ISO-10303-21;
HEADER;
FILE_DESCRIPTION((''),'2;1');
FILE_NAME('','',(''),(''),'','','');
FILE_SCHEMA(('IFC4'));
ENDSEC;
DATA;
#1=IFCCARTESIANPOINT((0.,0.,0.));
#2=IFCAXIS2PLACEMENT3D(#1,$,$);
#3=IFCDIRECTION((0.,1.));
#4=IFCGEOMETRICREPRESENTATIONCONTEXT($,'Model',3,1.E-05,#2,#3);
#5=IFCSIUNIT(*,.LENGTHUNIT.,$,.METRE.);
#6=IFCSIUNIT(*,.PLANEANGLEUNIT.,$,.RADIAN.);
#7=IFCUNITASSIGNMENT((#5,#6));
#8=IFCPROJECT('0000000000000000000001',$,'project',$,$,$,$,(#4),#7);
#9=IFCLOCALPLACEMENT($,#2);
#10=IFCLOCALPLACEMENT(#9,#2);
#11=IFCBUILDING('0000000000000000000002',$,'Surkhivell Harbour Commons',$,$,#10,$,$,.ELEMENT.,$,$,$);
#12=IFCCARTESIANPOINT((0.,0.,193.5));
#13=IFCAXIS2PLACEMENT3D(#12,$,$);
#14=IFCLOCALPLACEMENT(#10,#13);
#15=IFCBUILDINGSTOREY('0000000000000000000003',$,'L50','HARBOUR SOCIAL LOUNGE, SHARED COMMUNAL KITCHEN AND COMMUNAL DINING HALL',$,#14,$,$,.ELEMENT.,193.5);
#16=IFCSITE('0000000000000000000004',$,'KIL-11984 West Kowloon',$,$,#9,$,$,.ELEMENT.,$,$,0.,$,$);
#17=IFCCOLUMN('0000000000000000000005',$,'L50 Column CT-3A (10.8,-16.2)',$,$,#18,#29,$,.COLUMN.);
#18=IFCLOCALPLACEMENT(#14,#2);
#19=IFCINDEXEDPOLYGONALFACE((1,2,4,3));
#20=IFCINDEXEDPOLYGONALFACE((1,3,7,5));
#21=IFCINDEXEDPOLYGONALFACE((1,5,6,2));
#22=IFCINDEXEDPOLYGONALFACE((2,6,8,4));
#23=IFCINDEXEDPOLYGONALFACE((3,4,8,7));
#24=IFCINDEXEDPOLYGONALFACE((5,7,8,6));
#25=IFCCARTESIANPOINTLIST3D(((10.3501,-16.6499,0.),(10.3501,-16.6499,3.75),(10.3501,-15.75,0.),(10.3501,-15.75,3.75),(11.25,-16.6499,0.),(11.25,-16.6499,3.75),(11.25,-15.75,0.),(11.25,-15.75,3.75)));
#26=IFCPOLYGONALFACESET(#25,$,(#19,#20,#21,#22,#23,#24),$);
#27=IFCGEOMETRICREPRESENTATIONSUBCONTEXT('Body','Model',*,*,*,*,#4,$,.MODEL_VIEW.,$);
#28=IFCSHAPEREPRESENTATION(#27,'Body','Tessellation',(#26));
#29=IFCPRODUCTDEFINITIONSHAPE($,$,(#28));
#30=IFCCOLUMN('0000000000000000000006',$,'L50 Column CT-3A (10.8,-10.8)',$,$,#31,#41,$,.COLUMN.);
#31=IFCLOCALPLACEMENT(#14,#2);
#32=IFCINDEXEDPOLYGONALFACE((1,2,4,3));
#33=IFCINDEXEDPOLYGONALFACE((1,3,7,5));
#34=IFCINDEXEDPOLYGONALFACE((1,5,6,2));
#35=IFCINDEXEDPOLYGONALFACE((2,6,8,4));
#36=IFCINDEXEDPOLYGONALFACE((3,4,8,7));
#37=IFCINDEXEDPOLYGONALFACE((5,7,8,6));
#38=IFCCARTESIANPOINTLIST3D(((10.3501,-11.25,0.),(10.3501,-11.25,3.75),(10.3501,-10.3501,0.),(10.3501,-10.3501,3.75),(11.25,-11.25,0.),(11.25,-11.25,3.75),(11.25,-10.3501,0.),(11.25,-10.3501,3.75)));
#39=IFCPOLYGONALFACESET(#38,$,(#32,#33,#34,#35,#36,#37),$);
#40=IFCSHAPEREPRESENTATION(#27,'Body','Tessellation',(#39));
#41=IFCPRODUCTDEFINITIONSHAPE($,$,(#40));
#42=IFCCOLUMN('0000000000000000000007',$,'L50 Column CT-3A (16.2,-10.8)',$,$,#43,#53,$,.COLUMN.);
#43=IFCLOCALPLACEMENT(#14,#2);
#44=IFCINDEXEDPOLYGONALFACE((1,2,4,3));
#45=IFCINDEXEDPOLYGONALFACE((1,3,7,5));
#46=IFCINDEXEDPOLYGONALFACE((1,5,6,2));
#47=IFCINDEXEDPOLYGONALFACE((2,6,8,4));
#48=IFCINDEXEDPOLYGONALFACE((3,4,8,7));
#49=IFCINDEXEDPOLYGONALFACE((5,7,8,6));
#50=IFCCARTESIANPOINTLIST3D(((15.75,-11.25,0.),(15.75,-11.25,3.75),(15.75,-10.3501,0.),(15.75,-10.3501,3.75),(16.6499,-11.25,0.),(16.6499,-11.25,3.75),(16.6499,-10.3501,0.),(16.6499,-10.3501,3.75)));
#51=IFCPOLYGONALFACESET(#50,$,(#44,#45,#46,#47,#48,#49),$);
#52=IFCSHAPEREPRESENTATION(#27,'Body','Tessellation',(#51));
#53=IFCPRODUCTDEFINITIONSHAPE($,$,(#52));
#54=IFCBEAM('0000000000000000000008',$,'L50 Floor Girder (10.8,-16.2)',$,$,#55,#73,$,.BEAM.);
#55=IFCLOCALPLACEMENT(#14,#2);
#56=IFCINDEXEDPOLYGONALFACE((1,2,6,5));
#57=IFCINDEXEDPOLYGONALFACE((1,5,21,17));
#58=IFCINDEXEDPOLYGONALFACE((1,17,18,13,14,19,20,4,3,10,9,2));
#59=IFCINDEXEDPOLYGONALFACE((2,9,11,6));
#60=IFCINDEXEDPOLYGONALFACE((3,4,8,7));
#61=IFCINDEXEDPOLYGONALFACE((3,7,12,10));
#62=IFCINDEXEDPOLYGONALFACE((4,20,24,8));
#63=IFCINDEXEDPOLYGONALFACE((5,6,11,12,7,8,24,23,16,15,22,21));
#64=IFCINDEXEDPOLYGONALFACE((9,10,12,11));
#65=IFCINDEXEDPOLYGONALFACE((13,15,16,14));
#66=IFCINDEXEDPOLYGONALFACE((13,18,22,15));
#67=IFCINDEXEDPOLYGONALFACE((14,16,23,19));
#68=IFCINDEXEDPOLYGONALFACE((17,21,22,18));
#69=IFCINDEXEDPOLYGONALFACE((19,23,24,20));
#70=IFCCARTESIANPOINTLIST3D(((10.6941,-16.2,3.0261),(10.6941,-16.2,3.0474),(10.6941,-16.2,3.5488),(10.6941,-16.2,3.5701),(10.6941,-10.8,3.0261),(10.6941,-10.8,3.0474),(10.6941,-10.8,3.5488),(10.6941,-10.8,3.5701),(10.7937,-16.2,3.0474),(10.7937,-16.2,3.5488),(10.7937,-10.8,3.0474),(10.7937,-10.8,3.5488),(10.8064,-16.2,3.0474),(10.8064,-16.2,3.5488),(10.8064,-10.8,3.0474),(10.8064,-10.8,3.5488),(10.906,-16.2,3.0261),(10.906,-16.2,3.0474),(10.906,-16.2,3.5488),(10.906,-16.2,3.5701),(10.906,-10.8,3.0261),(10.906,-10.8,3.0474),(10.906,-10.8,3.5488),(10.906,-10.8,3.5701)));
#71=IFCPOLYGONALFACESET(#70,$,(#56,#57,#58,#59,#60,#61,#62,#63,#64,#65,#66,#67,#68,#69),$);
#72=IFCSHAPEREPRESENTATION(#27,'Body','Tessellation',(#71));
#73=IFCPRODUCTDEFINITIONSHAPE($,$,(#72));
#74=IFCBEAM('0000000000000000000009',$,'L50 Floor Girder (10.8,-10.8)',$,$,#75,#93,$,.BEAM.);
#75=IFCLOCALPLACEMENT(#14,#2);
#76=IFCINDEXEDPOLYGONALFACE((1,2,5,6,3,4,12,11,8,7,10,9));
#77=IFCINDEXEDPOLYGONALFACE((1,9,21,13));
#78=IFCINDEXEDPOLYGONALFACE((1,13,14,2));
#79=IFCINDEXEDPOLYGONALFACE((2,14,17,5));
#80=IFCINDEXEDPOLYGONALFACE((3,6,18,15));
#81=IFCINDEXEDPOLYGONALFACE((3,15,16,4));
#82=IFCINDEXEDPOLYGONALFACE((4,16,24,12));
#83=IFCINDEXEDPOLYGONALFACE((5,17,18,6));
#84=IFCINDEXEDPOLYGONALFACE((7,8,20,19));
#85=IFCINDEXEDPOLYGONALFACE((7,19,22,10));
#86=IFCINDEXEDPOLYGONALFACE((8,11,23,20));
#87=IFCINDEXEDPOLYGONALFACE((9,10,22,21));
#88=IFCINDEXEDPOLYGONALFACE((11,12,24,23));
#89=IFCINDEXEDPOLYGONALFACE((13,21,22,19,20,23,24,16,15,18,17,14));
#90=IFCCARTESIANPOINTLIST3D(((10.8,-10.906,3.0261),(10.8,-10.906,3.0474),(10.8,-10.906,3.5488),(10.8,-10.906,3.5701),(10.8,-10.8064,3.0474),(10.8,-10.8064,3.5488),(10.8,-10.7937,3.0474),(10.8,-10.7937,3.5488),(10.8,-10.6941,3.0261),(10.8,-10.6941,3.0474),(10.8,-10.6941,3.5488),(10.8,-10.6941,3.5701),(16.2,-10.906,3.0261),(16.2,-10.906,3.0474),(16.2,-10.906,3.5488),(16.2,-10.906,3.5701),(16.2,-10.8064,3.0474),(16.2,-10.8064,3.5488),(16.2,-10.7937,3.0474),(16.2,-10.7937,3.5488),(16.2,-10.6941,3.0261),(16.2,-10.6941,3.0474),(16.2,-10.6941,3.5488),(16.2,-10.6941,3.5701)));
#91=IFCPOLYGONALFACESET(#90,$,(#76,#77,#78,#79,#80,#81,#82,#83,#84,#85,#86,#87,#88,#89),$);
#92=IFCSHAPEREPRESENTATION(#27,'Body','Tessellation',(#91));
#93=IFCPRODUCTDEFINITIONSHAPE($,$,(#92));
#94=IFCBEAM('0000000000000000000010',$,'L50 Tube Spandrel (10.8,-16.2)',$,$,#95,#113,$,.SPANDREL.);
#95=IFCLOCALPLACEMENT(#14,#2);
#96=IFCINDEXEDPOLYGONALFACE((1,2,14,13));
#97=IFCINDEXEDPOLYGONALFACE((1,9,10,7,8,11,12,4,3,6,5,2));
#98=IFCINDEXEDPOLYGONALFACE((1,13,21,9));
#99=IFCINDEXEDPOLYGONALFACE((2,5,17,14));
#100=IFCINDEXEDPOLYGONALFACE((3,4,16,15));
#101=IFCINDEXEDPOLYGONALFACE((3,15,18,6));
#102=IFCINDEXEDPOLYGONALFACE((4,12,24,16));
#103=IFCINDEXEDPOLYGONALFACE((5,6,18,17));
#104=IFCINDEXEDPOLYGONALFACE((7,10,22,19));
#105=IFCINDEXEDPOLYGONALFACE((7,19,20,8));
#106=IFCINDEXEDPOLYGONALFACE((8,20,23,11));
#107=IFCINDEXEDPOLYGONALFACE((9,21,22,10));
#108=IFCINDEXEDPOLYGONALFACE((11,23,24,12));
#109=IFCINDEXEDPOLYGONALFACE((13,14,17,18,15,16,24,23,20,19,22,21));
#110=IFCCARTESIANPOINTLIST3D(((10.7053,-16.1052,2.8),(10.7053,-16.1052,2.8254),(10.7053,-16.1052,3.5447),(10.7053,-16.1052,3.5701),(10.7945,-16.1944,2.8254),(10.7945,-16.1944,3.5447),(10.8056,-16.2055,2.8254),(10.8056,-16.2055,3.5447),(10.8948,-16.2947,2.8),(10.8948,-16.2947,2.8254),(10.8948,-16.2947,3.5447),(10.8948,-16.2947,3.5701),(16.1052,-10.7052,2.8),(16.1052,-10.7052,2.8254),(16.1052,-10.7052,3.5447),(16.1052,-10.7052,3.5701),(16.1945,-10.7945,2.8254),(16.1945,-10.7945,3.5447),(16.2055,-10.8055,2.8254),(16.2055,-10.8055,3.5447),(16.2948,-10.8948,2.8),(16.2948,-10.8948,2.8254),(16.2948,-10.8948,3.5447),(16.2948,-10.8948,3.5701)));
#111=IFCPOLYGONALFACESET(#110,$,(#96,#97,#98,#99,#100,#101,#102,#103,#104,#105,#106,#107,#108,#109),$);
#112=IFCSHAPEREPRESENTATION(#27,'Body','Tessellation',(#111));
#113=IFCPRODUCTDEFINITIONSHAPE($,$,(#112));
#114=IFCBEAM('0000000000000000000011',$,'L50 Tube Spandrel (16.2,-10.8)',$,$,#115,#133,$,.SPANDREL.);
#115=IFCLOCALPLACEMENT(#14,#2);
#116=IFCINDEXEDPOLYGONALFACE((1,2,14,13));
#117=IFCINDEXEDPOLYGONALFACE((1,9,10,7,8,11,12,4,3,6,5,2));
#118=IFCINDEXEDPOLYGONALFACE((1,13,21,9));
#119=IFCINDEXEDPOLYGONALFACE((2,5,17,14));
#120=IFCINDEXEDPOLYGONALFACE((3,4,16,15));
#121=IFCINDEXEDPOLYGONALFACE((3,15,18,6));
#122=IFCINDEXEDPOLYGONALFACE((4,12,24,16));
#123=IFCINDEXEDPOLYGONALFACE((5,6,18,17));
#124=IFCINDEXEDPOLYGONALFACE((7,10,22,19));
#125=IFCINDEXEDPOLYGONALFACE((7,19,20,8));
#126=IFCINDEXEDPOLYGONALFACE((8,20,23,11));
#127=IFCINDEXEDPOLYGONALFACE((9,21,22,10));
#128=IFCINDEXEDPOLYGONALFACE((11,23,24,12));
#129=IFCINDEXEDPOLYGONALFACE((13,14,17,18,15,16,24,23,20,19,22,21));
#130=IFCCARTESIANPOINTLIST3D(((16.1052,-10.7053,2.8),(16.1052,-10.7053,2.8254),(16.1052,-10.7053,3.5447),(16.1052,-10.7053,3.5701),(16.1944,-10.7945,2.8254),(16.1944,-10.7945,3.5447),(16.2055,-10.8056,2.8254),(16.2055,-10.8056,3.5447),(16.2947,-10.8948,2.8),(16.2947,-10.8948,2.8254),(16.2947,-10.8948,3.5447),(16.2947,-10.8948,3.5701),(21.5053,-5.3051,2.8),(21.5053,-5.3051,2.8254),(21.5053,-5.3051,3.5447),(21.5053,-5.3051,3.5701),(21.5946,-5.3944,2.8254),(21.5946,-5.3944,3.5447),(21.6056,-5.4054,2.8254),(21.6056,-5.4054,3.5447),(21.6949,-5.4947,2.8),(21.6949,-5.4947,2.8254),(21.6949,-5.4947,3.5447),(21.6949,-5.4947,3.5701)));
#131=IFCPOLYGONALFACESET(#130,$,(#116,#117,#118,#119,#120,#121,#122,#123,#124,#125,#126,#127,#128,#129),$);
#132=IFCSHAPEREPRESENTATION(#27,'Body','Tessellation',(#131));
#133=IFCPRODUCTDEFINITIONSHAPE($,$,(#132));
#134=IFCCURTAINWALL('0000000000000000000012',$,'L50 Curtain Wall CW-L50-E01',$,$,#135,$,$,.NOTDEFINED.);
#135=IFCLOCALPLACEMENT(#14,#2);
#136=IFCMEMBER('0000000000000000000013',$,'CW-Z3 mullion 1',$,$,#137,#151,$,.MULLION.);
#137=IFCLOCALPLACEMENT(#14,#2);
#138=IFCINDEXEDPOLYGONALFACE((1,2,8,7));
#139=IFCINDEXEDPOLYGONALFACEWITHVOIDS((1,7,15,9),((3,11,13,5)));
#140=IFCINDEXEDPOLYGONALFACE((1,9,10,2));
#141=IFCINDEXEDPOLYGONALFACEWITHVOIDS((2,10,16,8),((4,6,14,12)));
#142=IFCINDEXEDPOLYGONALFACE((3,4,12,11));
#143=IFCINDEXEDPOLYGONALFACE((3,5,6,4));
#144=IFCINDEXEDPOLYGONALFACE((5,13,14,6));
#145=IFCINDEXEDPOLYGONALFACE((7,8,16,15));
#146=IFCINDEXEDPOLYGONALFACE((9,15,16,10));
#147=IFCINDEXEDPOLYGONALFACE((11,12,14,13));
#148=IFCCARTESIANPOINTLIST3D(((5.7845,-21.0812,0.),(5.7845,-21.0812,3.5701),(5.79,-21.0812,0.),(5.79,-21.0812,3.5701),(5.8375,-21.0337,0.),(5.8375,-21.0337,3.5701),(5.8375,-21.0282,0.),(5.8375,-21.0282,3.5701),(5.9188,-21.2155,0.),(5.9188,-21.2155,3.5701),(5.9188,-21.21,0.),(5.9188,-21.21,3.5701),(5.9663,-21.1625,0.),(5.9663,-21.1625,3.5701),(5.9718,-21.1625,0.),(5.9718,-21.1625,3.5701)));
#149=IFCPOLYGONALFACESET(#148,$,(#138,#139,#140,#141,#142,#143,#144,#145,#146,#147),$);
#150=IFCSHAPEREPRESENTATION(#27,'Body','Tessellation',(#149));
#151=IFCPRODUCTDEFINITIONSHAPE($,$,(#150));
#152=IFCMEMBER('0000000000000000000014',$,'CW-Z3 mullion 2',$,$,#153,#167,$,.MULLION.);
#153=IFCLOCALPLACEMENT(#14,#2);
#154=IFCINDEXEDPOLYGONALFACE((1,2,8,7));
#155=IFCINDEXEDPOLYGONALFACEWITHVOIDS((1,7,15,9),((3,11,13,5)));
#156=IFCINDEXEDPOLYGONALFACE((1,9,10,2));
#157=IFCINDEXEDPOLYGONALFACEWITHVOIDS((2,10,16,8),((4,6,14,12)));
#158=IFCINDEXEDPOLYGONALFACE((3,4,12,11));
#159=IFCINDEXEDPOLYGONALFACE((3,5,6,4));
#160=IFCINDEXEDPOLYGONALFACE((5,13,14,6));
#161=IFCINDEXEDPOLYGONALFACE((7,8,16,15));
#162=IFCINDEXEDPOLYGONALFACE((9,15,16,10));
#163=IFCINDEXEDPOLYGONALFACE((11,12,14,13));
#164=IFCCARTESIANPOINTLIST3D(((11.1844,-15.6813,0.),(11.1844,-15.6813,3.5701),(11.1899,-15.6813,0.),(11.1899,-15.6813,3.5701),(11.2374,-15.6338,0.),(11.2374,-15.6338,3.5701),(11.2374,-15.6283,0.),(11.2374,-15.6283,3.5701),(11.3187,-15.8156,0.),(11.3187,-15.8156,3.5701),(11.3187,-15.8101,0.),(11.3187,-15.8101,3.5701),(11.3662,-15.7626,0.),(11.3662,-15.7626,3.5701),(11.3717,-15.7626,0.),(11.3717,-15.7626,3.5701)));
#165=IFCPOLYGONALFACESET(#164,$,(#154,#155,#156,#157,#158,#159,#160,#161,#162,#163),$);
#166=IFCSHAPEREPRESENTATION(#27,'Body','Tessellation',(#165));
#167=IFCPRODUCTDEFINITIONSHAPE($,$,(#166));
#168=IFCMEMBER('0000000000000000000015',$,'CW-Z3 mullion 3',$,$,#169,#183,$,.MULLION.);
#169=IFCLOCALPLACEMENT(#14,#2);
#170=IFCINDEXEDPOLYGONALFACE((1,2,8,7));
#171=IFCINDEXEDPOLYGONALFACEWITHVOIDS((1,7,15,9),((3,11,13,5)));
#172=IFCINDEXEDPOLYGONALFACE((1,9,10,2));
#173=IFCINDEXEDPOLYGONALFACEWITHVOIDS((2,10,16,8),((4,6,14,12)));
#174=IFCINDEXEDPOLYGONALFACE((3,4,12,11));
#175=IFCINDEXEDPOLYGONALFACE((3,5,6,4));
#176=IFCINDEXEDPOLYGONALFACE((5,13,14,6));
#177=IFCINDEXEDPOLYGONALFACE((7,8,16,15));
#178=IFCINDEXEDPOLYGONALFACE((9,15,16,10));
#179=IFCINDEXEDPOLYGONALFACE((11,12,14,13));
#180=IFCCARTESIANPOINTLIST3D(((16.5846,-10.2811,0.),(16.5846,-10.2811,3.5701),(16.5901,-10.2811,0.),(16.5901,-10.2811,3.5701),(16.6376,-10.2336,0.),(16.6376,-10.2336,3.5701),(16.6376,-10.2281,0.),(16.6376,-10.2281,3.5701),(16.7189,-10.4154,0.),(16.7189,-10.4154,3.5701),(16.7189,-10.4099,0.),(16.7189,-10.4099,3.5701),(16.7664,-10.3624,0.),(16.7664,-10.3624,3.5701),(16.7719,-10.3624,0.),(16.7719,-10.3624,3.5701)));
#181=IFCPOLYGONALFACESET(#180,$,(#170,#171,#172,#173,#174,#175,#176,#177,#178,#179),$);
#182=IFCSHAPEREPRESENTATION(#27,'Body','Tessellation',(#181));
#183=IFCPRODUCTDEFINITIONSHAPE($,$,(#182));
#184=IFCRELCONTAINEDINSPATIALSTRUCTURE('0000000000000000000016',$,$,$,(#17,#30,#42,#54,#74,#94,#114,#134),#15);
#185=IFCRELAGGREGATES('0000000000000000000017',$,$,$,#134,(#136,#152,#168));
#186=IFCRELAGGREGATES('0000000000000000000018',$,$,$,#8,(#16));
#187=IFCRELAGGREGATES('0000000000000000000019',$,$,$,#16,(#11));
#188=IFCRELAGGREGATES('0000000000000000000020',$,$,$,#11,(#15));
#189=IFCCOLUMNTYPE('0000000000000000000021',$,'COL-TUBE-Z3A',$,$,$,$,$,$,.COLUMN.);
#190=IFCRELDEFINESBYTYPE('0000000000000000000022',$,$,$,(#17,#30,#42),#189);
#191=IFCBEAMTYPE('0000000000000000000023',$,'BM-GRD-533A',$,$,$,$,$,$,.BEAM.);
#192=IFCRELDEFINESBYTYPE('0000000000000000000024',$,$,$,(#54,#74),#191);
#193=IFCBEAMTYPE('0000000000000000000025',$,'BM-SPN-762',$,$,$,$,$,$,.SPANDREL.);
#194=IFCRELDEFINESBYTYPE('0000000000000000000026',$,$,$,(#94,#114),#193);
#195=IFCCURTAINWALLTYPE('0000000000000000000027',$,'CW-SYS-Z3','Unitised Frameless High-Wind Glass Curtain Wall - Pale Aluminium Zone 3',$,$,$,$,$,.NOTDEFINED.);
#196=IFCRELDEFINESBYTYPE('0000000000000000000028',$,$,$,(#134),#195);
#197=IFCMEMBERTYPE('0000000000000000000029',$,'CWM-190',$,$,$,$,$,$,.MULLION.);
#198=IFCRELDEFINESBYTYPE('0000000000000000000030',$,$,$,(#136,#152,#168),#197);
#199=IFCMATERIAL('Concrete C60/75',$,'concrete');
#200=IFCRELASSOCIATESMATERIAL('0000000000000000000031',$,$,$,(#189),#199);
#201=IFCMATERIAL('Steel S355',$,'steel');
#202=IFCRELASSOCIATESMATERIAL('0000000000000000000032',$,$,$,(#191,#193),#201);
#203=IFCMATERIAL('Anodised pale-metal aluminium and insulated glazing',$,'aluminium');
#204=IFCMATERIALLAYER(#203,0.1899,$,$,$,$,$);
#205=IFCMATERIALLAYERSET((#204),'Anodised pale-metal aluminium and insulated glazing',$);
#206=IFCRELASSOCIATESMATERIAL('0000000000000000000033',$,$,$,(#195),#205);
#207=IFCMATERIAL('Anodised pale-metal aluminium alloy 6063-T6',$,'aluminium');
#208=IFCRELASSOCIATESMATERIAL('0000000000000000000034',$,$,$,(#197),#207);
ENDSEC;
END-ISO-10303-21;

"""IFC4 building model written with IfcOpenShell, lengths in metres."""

from ifc_helpers import new_model, si_unit, direction, frame, origin, origin_2d, place, context, subcontext, project, spatial, rectangle, hollow_rectangle, i_section, extrude, material, layer, layer_set, material_profile, profile_set, type_object, element, aggregate, save


model = new_model("IFC4")

# Units and contexts
model_context = context("Model", 3, precision=1e-05, world=origin(), true_north=direction((0.0, 1.0)))
body_context = subcontext(model_context, "Body", "Model", "MODEL_VIEW")
ifc_project = project(units=[si_unit("LENGTHUNIT", "METRE"), si_unit("PLANEANGLEUNIT", "RADIAN")], contexts=[model_context])

# Site, building, storey
site_placement = place(None, origin())
site = spatial("IfcSite", under=ifc_project, at=site_placement, Name="KIL-11984 West Kowloon", CompositionType="ELEMENT", RefElevation=0.0)
building_placement = place(site_placement, origin())
building = spatial("IfcBuilding", under=site, at=building_placement, Name="Surkhivell Harbour Commons", CompositionType="ELEMENT")
storey_placement = place(building_placement, frame((0.0, 0.0, 193.5)))
storey = spatial("IfcBuildingStorey", under=building, at=storey_placement, Name="L50", Description="HARBOUR SOCIAL LOUNGE, SHARED COMMUNAL KITCHEN AND COMMUNAL DINING HALL", CompositionType="ELEMENT", Elevation=193.5)

# Columns
ifc_material_1 = material(Name="Concrete C60/75", Category="concrete")
ifc_material_profile_1 = material_profile(ifc_material_1, rectangle(XDim=0.8999, YDim=0.8999, at=origin_2d()), Name="RC-COL-900x900")
ifc_profile_set_1 = profile_set([ifc_material_profile_1], Name="Concrete C60/75")
column_type = type_object("IfcColumnType", Name="COL-TUBE-Z3A", PredefinedType="COLUMN", material=ifc_profile_set_1)
for number, where, z_axis, x_axis, name in (
    (1, (10.8, -16.2, 0.0), (0.0, 0.0, 1.0), (1.0, 0.0, 0.0), "L50 Column CT-3A (10.8,-16.2)"),
    (2, (10.8, -10.8, 0.0), (0.0, 0.0, 1.0), (1.0, 0.0, 0.0), "L50 Column CT-3A (10.8,-10.8)"),
    (3, (16.2, -10.8, 0.0), (0.0, 0.0, 1.0), (1.0, 0.0, 0.0), "L50 Column CT-3A (16.2,-10.8)"),
):
    element("IfcColumn", number, at=place(storey_placement, frame(where, z_axis=z_axis, x_axis=x_axis)), inside=storey, type_object=column_type, Name=name, PredefinedType="COLUMN", context=body_context, shape_type="SweptSolid", body=[
        extrude(rectangle(XDim=0.8999, YDim=0.8999, at=origin_2d()), origin(), (0.0, 0.0, 1.0), 3.75),
    ])

# Beams
ifc_material_2 = material(Name="Steel S355", Category="steel")
ifc_material_profile_2 = material_profile(ifc_material_2, i_section(OverallWidth=0.2119, OverallDepth=0.5439, WebThickness=0.0127, FlangeThickness=0.0212, at=origin_2d()), Name="UB533x210x122")
ifc_profile_set_2 = profile_set([ifc_material_profile_2], Name="Steel S355")
beam_type_1 = type_object("IfcBeamType", Name="BM-GRD-533A", PredefinedType="BEAM", material=ifc_profile_set_2)
for number, where, z_axis, x_axis, name in (
    (4, (10.8, -16.2, 3.2981), (0.0, 1.0, 0.0), (-1.0, 0.0, 0.0), "L50 Floor Girder (10.8,-16.2)"),
    (5, (10.8, -10.8, 3.2981), (1.0, 0.0, 0.0), (0.0, 1.0, 0.0), "L50 Floor Girder (10.8,-10.8)"),
):
    element("IfcBeam", number, at=place(storey_placement, frame(where, z_axis=z_axis, x_axis=x_axis)), inside=storey, type_object=beam_type_1, Name=name, PredefinedType="BEAM", context=body_context, shape_type="SweptSolid", body=[
        extrude(i_section(OverallWidth=0.2119, OverallDepth=0.5439, WebThickness=0.0127, FlangeThickness=0.0212, at=origin_2d()), origin(), (0.0, 0.0, 1.0), 5.3999),
    ])
ifc_material_profile_3 = material_profile(ifc_material_2, i_section(OverallWidth=0.2681, OverallDepth=0.77, WebThickness=0.0156, FlangeThickness=0.0254, at=origin_2d()), Name="UB762x267x197")
ifc_profile_set_3 = profile_set([ifc_material_profile_3], Name="Steel S355")
beam_type_2 = type_object("IfcBeamType", Name="BM-SPN-762", PredefinedType="SPANDREL", material=ifc_profile_set_3)
beam_1_placement = place(storey_placement, frame((10.8, -16.2, 3.1851), z_axis=(0.707107, 0.707107, 0.0), x_axis=(-0.707107, 0.707107, 0.0)))
element("IfcBeam", 6, at=beam_1_placement, inside=storey, type_object=beam_type_2, Name="L50 Tube Spandrel (10.8,-16.2)", PredefinedType="SPANDREL", context=body_context, shape_type="SweptSolid", body=[
    extrude(i_section(OverallWidth=0.2681, OverallDepth=0.77, WebThickness=0.0156, FlangeThickness=0.0254, at=origin_2d()), origin(), (0.0, 0.0, 1.0), 7.6367),
])
beam_2_placement = place(storey_placement, frame((16.2, -10.8, 3.1851), z_axis=(0.707107, 0.707107, 0.0), x_axis=(-0.707107, 0.707107, 0.0)))
element("IfcBeam", 7, at=beam_2_placement, inside=storey, type_object=beam_type_2, Name="L50 Tube Spandrel (16.2,-10.8)", PredefinedType="SPANDREL", context=body_context, shape_type="SweptSolid", body=[
    extrude(i_section(OverallWidth=0.2681, OverallDepth=0.77, WebThickness=0.0156, FlangeThickness=0.0254, at=origin_2d()), origin(), (0.0, 0.0, 1.0), 7.637),
])

# Curtain wall, members
ifc_material_3 = material(Name="Anodised pale-metal aluminium and insulated glazing", Category="aluminium")
ifc_layer_1 = layer(ifc_material_3, 0.1899)
ifc_layer_set_1 = layer_set([ifc_layer_1], Name="Anodised pale-metal aluminium and insulated glazing")
curtain_wall_type = type_object("IfcCurtainWallType", Name="CW-SYS-Z3", Description="Unitised Frameless High-Wind Glass Curtain Wall - Pale Aluminium Zone 3", PredefinedType="NOTDEFINED", material=ifc_layer_set_1)
curtain_wall_placement = place(storey_placement, origin())
curtain_wall = element("IfcCurtainWall", 8, at=curtain_wall_placement, inside=storey, type_object=curtain_wall_type, Name="L50 Curtain Wall CW-L50-E01", PredefinedType="NOTDEFINED")
ifc_material_4 = material(Name="Anodised pale-metal aluminium alloy 6063-T6", Category="aluminium")
ifc_material_profile_4 = material_profile(ifc_material_4, hollow_rectangle(XDim=0.075, YDim=0.1899, WallThickness=0.0039, at=origin_2d()), Name="ALU-MULL-75x190")
ifc_profile_set_4 = profile_set([ifc_material_profile_4], Name="Anodised pale-metal aluminium alloy 6063-T6")
member_type_1 = type_object("IfcMemberType", Name="CWM-190", PredefinedType="MULLION", material=ifc_profile_set_4)
member_1_placement = place(storey_placement, frame((5.8782, -21.1218, 0.0), z_axis=(0.0, 0.0, 1.0), x_axis=(0.707107, 0.707107, 0.0)))
member_1 = element("IfcMember", 9, at=member_1_placement, type_object=member_type_1, Name="CW-Z3 mullion 1", PredefinedType="MULLION", context=body_context, shape_type="SweptSolid", body=[
    extrude(hollow_rectangle(XDim=0.075, YDim=0.1899, WallThickness=0.0039, at=origin_2d()), origin(), (0.0, 0.0, 1.0), 3.5701),
])
member_2_placement = place(storey_placement, frame((11.2781, -15.7219, 0.0), z_axis=(0.0, 0.0, 1.0), x_axis=(0.707107, 0.707107, 0.0)))
member_2 = element("IfcMember", 10, at=member_2_placement, type_object=member_type_1, Name="CW-Z3 mullion 2", PredefinedType="MULLION", context=body_context, shape_type="SweptSolid", body=[
    extrude(hollow_rectangle(XDim=0.075, YDim=0.1899, WallThickness=0.0039, at=origin_2d()), origin(), (0.0, 0.0, 1.0), 3.5701),
])
member_3_placement = place(storey_placement, frame((16.6782, -10.3218, 0.0), z_axis=(0.0, 0.0, 1.0), x_axis=(0.707107, 0.707107, 0.0)))
member_3 = element("IfcMember", 11, at=member_3_placement, type_object=member_type_1, Name="CW-Z3 mullion 3", PredefinedType="MULLION", context=body_context, shape_type="SweptSolid", body=[
    extrude(hollow_rectangle(XDim=0.075, YDim=0.1899, WallThickness=0.0039, at=origin_2d()), origin(), (0.0, 0.0, 1.0), 3.5701),
])
aggregate(curtain_wall, [member_1, member_2, member_3])

save(model, "model.ifc")
